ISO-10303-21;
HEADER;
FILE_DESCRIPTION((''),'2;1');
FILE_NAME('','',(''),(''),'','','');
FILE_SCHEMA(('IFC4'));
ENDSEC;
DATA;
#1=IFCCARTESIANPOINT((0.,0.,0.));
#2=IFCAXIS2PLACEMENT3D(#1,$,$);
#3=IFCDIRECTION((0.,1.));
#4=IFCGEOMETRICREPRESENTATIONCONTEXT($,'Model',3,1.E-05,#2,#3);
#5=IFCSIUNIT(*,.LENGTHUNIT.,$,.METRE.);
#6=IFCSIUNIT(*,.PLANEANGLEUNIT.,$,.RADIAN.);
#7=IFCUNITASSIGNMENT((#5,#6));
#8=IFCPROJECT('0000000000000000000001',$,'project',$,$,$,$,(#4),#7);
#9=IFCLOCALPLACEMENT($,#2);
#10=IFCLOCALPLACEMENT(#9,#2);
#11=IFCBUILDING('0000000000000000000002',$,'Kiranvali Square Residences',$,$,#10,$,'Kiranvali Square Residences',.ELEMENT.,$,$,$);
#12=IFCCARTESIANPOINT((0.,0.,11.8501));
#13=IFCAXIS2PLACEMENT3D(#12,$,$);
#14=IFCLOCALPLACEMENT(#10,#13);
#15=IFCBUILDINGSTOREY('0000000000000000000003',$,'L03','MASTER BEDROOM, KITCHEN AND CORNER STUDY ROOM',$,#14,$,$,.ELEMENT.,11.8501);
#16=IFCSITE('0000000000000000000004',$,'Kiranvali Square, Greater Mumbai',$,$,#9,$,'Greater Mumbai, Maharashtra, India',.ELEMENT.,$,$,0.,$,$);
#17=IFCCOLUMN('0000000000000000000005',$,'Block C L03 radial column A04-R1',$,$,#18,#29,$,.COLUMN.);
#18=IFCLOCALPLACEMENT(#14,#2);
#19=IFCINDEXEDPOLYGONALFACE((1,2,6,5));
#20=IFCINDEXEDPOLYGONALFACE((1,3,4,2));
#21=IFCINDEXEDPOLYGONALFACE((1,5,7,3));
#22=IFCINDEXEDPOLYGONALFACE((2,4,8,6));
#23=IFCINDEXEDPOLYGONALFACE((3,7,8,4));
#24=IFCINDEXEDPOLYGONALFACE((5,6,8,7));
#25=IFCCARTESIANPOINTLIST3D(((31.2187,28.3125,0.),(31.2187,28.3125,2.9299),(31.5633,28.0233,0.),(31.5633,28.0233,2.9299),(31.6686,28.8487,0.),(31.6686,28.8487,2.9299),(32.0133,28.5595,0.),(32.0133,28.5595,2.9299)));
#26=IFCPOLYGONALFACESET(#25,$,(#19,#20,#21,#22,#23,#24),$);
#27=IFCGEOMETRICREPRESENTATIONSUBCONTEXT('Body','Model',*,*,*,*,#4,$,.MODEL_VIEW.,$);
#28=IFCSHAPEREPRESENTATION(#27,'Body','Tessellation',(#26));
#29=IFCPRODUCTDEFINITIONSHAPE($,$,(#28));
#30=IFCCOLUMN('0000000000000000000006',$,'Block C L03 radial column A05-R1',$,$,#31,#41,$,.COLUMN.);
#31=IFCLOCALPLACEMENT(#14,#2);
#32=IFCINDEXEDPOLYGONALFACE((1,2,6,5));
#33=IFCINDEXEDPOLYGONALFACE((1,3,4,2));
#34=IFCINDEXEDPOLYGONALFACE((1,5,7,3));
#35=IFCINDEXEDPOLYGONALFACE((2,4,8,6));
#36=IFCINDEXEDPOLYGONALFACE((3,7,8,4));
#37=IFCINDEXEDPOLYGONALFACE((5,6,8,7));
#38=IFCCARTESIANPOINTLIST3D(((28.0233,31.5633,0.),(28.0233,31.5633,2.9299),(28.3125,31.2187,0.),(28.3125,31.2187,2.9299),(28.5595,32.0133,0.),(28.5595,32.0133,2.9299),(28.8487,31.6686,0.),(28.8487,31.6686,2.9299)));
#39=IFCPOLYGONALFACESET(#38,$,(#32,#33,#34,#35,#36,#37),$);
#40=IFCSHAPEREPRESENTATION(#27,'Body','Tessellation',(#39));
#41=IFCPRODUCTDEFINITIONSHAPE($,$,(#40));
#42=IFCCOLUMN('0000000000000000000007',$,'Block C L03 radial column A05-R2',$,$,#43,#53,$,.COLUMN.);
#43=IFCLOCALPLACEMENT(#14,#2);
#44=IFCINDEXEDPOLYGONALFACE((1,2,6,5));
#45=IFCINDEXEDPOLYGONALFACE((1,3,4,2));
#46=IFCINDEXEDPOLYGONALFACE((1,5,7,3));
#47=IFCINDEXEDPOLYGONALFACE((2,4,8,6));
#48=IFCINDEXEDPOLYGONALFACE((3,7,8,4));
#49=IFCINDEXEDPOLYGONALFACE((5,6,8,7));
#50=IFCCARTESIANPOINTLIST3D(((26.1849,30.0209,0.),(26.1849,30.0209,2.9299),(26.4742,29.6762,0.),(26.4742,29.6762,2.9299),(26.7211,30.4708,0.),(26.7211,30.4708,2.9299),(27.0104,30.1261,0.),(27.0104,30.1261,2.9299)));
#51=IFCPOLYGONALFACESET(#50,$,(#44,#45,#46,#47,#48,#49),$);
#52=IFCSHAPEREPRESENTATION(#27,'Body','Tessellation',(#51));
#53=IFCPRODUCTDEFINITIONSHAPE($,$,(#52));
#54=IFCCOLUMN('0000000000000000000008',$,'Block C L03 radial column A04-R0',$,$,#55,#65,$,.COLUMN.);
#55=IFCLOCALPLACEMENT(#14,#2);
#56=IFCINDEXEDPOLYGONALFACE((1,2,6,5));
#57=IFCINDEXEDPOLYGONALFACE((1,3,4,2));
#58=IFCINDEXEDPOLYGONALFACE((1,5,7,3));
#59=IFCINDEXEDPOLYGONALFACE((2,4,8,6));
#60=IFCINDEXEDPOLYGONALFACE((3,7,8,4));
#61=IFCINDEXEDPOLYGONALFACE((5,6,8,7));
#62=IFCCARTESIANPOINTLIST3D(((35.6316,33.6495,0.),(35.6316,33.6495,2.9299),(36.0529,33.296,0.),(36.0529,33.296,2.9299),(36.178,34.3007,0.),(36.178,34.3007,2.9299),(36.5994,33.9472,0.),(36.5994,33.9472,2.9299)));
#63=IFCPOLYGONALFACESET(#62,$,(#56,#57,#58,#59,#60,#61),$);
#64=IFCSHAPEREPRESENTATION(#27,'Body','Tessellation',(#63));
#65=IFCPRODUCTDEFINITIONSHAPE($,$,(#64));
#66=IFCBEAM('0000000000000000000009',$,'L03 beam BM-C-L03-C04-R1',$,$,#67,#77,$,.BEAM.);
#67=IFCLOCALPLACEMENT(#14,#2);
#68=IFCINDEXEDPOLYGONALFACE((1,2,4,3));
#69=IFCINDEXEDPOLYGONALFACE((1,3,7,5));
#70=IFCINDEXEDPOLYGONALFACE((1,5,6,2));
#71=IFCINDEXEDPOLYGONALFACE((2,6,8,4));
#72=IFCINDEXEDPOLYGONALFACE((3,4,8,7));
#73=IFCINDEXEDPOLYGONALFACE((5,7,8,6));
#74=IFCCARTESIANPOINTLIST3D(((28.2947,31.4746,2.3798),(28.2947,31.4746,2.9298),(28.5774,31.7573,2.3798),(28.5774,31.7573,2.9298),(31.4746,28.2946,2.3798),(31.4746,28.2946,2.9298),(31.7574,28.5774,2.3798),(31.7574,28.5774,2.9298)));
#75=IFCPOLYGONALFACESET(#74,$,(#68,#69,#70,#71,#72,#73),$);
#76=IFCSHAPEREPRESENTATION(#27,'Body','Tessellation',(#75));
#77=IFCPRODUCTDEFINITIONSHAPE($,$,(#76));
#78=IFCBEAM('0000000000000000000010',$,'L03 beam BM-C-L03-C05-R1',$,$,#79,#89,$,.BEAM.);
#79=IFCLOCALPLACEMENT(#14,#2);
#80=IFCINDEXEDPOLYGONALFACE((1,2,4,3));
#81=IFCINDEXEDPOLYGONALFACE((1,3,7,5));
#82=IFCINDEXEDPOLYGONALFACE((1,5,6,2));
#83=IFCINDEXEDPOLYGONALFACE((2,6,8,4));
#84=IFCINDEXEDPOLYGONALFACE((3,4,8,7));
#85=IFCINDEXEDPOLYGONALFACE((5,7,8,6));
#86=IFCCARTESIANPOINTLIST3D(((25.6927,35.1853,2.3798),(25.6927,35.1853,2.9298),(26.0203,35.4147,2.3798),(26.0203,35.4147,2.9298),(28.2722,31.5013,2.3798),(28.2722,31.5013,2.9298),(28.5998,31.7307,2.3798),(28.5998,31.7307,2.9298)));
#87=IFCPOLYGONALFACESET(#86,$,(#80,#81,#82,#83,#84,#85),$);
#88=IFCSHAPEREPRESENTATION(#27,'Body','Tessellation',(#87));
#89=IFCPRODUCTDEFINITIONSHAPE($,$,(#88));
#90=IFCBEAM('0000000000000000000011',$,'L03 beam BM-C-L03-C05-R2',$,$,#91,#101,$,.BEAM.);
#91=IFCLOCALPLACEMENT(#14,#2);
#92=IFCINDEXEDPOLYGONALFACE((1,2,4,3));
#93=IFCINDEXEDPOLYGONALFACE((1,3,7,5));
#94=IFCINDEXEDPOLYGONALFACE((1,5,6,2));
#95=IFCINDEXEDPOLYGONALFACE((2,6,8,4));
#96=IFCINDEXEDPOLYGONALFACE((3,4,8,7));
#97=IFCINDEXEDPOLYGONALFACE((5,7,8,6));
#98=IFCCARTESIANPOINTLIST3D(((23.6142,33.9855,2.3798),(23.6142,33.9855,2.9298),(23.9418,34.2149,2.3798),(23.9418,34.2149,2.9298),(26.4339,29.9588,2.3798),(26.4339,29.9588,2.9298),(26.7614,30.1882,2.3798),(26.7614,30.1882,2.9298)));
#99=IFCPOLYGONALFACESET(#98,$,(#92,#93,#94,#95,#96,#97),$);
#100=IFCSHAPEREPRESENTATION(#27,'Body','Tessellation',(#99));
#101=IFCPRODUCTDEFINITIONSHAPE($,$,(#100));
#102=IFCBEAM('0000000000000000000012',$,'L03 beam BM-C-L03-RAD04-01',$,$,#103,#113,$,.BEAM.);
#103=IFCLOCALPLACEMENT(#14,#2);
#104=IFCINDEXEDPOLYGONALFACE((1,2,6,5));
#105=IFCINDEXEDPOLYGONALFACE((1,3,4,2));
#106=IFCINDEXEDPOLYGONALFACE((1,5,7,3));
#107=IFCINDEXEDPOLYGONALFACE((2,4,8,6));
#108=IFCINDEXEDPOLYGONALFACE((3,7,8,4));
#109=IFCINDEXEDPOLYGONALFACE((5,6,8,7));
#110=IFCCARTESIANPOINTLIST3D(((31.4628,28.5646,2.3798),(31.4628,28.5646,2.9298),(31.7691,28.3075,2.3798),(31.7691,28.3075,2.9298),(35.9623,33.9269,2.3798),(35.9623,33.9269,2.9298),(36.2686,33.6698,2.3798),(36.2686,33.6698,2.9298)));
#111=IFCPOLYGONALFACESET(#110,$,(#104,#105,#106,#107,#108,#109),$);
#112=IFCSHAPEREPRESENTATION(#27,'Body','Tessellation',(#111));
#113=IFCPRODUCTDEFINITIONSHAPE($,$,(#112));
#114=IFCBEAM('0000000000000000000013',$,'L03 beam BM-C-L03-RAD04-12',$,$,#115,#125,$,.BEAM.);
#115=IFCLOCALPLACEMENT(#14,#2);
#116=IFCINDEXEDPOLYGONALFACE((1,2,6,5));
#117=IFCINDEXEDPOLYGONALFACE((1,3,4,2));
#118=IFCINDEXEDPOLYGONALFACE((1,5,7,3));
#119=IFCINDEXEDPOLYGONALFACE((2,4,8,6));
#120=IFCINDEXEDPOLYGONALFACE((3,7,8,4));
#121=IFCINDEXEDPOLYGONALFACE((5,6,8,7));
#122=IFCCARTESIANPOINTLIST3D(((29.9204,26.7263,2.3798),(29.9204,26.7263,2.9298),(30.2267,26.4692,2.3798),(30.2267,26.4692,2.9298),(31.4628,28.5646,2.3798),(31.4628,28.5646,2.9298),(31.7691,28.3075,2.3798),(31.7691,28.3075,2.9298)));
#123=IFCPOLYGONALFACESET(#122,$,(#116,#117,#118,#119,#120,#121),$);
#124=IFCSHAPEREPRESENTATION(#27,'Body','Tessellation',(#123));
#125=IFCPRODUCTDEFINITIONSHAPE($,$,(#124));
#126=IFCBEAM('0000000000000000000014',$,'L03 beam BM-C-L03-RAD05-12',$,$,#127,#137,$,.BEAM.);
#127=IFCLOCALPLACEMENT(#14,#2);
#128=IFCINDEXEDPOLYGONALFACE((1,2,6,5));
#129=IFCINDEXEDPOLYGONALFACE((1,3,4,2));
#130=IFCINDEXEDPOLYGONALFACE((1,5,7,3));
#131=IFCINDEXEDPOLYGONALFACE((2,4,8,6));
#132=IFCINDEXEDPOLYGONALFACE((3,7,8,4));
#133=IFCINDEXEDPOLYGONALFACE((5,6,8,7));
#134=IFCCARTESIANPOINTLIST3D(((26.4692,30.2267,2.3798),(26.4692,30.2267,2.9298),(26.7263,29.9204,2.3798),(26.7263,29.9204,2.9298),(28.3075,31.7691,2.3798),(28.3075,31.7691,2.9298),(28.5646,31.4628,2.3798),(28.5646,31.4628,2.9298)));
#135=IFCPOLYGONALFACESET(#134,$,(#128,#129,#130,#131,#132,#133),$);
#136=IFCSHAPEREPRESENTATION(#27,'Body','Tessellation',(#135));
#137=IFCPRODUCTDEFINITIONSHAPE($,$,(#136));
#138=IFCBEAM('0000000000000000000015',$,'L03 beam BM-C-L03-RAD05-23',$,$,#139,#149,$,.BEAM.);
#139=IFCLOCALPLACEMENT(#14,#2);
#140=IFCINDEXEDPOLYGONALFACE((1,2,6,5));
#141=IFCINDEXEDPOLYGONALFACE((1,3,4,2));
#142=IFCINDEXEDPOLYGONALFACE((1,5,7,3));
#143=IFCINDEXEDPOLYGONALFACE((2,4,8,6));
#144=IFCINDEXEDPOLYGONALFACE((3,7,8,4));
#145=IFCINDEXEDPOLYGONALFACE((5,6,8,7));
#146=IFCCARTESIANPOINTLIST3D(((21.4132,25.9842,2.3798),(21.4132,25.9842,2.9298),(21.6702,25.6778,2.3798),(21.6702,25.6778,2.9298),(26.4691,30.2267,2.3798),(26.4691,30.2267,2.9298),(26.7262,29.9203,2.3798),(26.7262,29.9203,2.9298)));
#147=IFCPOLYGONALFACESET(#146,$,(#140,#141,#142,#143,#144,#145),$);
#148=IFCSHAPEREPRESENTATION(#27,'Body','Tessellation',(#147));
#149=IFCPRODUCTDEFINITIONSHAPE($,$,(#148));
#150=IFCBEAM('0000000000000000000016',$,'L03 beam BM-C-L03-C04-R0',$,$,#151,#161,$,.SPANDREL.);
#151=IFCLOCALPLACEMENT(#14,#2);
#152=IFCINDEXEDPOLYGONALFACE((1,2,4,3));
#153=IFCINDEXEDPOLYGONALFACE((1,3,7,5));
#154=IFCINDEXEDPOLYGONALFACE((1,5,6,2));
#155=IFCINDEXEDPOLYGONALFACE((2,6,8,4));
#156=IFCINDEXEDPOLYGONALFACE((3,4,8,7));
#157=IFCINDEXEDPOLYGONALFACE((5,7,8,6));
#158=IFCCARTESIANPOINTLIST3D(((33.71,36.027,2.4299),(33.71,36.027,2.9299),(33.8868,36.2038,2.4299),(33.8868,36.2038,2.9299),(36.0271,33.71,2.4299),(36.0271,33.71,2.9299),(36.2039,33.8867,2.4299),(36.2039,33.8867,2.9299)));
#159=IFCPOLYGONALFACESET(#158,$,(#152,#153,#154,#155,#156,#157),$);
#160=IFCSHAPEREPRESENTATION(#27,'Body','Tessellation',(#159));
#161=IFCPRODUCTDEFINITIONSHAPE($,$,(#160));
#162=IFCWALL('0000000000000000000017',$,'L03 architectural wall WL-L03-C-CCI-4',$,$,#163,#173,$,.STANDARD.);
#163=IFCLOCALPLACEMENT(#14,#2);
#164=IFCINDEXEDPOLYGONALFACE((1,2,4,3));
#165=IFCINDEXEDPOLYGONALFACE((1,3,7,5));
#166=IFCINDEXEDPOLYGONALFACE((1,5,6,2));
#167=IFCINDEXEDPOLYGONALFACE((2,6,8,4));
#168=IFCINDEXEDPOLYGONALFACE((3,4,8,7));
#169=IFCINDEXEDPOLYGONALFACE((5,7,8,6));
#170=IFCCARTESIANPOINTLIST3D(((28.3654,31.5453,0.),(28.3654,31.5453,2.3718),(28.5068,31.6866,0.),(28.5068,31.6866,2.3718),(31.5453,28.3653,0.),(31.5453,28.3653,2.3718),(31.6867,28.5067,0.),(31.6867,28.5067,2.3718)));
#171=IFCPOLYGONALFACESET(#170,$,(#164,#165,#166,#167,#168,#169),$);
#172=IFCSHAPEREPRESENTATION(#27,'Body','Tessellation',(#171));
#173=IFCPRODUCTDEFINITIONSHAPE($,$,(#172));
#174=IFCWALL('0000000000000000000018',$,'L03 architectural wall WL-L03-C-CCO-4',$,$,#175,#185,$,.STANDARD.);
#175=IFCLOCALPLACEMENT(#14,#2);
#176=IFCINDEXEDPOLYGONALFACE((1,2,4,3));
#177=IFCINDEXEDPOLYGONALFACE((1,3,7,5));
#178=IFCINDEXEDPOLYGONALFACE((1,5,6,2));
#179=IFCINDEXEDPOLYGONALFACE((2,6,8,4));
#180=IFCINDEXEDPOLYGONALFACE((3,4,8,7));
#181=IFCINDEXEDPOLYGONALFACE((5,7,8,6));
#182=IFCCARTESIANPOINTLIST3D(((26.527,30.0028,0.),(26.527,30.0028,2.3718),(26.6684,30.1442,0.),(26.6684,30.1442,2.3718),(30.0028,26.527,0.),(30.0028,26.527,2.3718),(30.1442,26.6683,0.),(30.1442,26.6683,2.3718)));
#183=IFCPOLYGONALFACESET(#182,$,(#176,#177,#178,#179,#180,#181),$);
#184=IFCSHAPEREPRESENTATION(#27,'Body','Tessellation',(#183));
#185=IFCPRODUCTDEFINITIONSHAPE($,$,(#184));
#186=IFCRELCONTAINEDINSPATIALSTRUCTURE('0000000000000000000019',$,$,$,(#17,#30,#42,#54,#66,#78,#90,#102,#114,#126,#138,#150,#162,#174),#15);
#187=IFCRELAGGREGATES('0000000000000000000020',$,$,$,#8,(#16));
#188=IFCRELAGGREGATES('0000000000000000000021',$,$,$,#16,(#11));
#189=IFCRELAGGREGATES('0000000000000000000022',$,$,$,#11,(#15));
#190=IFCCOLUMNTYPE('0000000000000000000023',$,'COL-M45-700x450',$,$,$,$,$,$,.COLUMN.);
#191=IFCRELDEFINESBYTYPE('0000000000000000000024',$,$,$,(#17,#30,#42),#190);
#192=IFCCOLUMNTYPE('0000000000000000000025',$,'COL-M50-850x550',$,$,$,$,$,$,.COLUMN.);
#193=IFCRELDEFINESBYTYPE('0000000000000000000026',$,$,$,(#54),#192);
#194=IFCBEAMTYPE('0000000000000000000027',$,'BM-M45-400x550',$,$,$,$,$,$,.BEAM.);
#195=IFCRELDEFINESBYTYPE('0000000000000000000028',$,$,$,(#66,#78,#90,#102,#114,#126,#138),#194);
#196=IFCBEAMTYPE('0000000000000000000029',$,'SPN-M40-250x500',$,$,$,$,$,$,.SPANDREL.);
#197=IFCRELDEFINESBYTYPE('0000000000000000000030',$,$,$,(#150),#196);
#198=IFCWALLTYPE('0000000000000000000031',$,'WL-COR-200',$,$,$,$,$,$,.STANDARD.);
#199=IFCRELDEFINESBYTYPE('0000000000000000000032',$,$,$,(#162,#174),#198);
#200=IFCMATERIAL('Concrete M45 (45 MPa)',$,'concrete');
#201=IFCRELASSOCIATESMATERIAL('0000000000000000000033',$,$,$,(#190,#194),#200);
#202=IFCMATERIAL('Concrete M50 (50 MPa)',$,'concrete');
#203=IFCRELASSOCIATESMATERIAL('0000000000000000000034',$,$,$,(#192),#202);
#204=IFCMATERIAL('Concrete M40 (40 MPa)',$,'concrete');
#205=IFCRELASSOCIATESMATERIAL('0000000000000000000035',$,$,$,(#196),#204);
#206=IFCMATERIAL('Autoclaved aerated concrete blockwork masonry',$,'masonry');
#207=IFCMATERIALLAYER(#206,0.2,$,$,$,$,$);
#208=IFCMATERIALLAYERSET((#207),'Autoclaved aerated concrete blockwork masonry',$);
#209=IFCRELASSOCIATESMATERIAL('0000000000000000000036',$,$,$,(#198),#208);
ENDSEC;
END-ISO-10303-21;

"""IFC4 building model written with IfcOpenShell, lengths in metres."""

from ifc_helpers import new_model, si_unit, direction, frame, frame_2d, origin, origin_2d, place, context, subcontext, project, spatial, rectangle, extrude, material, layer, layer_set, material_profile, profile_set, type_object, element, save


model = new_model("IFC4")

# Units and contexts
model_context = context("Model", 3, precision=1e-05, world=origin(), true_north=direction((0.0, 1.0)))
body_context = subcontext(model_context, "Body", "Model", "MODEL_VIEW")
ifc_project = project(units=[si_unit("LENGTHUNIT", "METRE"), si_unit("PLANEANGLEUNIT", "RADIAN")], contexts=[model_context])

# Site, building, storey
site_placement = place(None, origin())
site = spatial("IfcSite", under=ifc_project, at=site_placement, Name="Kiranvali Square, Greater Mumbai", LongName="Greater Mumbai, Maharashtra, India", CompositionType="ELEMENT", RefElevation=0.0)
building_placement = place(site_placement, origin())
building = spatial("IfcBuilding", under=site, at=building_placement, Name="Kiranvali Square Residences", LongName="Kiranvali Square Residences", CompositionType="ELEMENT")
storey_placement = place(building_placement, frame((0.0, 0.0, 11.8501)))
storey = spatial("IfcBuildingStorey", under=building, at=storey_placement, Name="L03", Description="MASTER BEDROOM, KITCHEN AND CORNER STUDY ROOM", CompositionType="ELEMENT", Elevation=11.8501)

# Columns
ifc_material_1 = material(Name="Concrete M45 (45 MPa)", Category="concrete")
ifc_material_profile_1 = material_profile(ifc_material_1, rectangle(XDim=0.45, YDim=0.7, at=origin_2d()), Name="RC 700x450")
ifc_profile_set_1 = profile_set([ifc_material_profile_1], Name="Concrete M45 (45 MPa)")
column_type_1 = type_object("IfcColumnType", Name="COL-M45-700x450", PredefinedType="COLUMN", material=ifc_profile_set_1)
for number, where, z_axis, x_axis, name in (
    (1, (31.616, 28.436, 0.0), (0.0, 0.0, 1.0), (-0.766044, 0.642788, 0.0), "Block C L03 radial column A04-R1"),
    (2, (28.436, 31.616, 0.0), (0.0, 0.0, 1.0), (-0.642788, 0.766044, 0.0), "Block C L03 radial column A05-R1"),
    (3, (26.5977, 30.0735, 0.0), (0.0, 0.0, 1.0), (-0.642788, 0.766044, 0.0), "Block C L03 radial column A05-R2"),
):
    element("IfcColumn", number, at=place(storey_placement, frame(where, z_axis=z_axis, x_axis=x_axis)), inside=storey, type_object=column_type_1, Name=name, PredefinedType="COLUMN", context=body_context, shape_type="SweptSolid", body=[
        extrude(rectangle(XDim=0.45, YDim=0.7, at=origin_2d()), origin(), (0.0, 0.0, 1.0), 2.9299),
    ])
ifc_material_2 = material(Name="Concrete M50 (50 MPa)", Category="concrete")
ifc_material_profile_2 = material_profile(ifc_material_2, rectangle(XDim=0.55, YDim=0.8501, at=origin_2d()), Name="RC 850x550")
ifc_profile_set_2 = profile_set([ifc_material_profile_2], Name="Concrete M50 (50 MPa)")
column_type_2 = type_object("IfcColumnType", Name="COL-M50-850x550", PredefinedType="COLUMN", material=ifc_profile_set_2)
column_placement = place(storey_placement, frame((36.1155, 33.7983, 0.0), z_axis=(0.0, 0.0, 1.0), x_axis=(-0.766044, 0.642788, 0.0)))
element("IfcColumn", 4, at=column_placement, inside=storey, type_object=column_type_2, Name="Block C L03 radial column A04-R0", PredefinedType="COLUMN", context=body_context, shape_type="SweptSolid", body=[
    extrude(rectangle(XDim=0.55, YDim=0.8501, at=origin_2d()), origin(), (0.0, 0.0, 1.0), 2.9299),
])

# Beams
ifc_material_profile_3 = material_profile(ifc_material_1, rectangle(XDim=0.3999, YDim=0.55, at=origin_2d()), Name="RC 400x550")
ifc_profile_set_3 = profile_set([ifc_material_profile_3], Name="Concrete M45 (45 MPa)")
beam_type_1 = type_object("IfcBeamType", Name="BM-M45-400x550", PredefinedType="BEAM", material=ifc_profile_set_3)
beam_1_placement = place(storey_placement, frame((31.616, 28.436, 2.6548), z_axis=(-0.707107, 0.707107, 0.0), x_axis=(-0.707107, -0.707107, 0.0)))
element("IfcBeam", 5, at=beam_1_placement, inside=storey, type_object=beam_type_1, Name="L03 beam BM-C-L03-C04-R1", PredefinedType="BEAM", context=body_context, shape_type="SweptSolid", body=[
    extrude(rectangle(XDim=0.3999, YDim=0.55, at=origin_2d()), origin(), (0.0, 0.0, 1.0), 4.4971),
])
beam_2_placement = place(storey_placement, frame((28.436, 31.616, 2.6548), z_axis=(-0.573572, 0.819155, 0.0), x_axis=(-0.819155, -0.573572, 0.0)))
element("IfcBeam", 6, at=beam_2_placement, inside=storey, type_object=beam_type_1, Name="L03 beam BM-C-L03-C05-R1", PredefinedType="BEAM", context=body_context, shape_type="SweptSolid", body=[
    extrude(rectangle(XDim=0.3999, YDim=0.55, at=origin_2d()), origin(), (0.0, 0.0, 1.0), 4.4973),
])
beam_3_placement = place(storey_placement, frame((26.5977, 30.0735, 2.6548), z_axis=(-0.573592, 0.819141, 0.0), x_axis=(-0.819141, -0.573592, 0.0)))
element("IfcBeam", 7, at=beam_3_placement, inside=storey, type_object=beam_type_1, Name="L03 beam BM-C-L03-C05-R2", PredefinedType="BEAM", context=body_context, shape_type="SweptSolid", body=[
    extrude(rectangle(XDim=0.3999, YDim=0.55, at=origin_2d()), origin(), (0.0, 0.0, 1.0), 4.9158),
])
beam_4_placement = place(storey_placement, frame((36.1155, 33.7983, 2.6548), z_axis=(-0.642788, -0.766044, 0.0), x_axis=(0.766044, -0.642788, 0.0)))
element("IfcBeam", 8, at=beam_4_placement, inside=storey, type_object=beam_type_1, Name="L03 beam BM-C-L03-RAD04-01", PredefinedType="BEAM", context=body_context, shape_type="SweptSolid", body=[
    extrude(rectangle(XDim=0.3999, YDim=0.55, at=origin_2d()), origin(), (0.0, 0.0, 1.0), 7.0),
])
for number, where, z_axis, x_axis, name in (
    (9, (31.616, 28.436, 2.6548), (-0.642763, -0.766065, 0.0), (0.766065, -0.642763, 0.0), "L03 beam BM-C-L03-RAD04-12"),
    (10, (28.436, 31.616, 2.6548), (-0.766065, -0.642763, 0.0), (0.642763, -0.766065, 0.0), "L03 beam BM-C-L03-RAD05-12"),
):
    element("IfcBeam", number, at=place(storey_placement, frame(where, z_axis=z_axis, x_axis=x_axis)), inside=storey, type_object=beam_type_1, Name=name, PredefinedType="BEAM", context=body_context, shape_type="SweptSolid", body=[
        extrude(rectangle(XDim=0.3999, YDim=0.55, at=origin_2d()), origin(), (0.0, 0.0, 1.0), 2.3997),
    ])
beam_5_placement = place(storey_placement, frame((26.5977, 30.0735, 2.6548), z_axis=(-0.766043, -0.642789, 0.0), x_axis=(0.642789, -0.766043, 0.0)))
element("IfcBeam", 11, at=beam_5_placement, inside=storey, type_object=beam_type_1, Name="L03 beam BM-C-L03-RAD05-23", PredefinedType="BEAM", context=body_context, shape_type="SweptSolid", body=[
    extrude(rectangle(XDim=0.3999, YDim=0.55, at=origin_2d()), origin(), (0.0, 0.0, 1.0), 6.6001),
])
ifc_material_3 = material(Name="Concrete M40 (40 MPa)", Category="concrete")
ifc_material_profile_4 = material_profile(ifc_material_3, rectangle(XDim=0.25, YDim=0.5, at=origin_2d()), Name="RC 250x500")
ifc_profile_set_4 = profile_set([ifc_material_profile_4], Name="Concrete M40 (40 MPa)")
beam_type_2 = type_object("IfcBeamType", Name="SPN-M40-250x500", PredefinedType="SPANDREL", material=ifc_profile_set_4)
beam_6_placement = place(storey_placement, frame((36.1155, 33.7983, 2.6799), z_axis=(-0.707107, 0.707107, 0.0), x_axis=(-0.707107, -0.707107, 0.0)))
element("IfcBeam", 12, at=beam_6_placement, inside=storey, type_object=beam_type_2, Name="L03 beam BM-C-L03-C04-R0", PredefinedType="SPANDREL", context=body_context, shape_type="SweptSolid", body=[
    extrude(rectangle(XDim=0.25, YDim=0.5, at=origin_2d()), origin(), (0.0, 0.0, 1.0), 3.2769),
])

# Walls
ifc_material_4 = material(Name="Autoclaved aerated concrete blockwork masonry", Category="masonry")
ifc_layer_1 = layer(ifc_material_4, 0.2)
ifc_layer_set_1 = layer_set([ifc_layer_1], Name="Autoclaved aerated concrete blockwork masonry")
wall_type_1 = type_object("IfcWallType", Name="WL-COR-200", PredefinedType="STANDARD", material=ifc_layer_set_1)
wall_1_placement = place(storey_placement, frame((31.616, 28.436, 0.0), z_axis=(0.0, 0.0, 1.0), x_axis=(-0.707107, 0.707107, 0.0)))
element("IfcWall", 13, at=wall_1_placement, inside=storey, type_object=wall_type_1, Name="L03 architectural wall WL-L03-C-CCI-4", PredefinedType="STANDARD", context=body_context, shape_type="SweptSolid", body=[
    extrude(rectangle(XDim=4.4971, YDim=0.2, at=frame_2d((2.2485, 0.0))), origin(), (0.0, 0.0, 1.0), 2.3718),
])
wall_2_placement = place(storey_placement, frame((30.0735, 26.5977, 0.0), z_axis=(0.0, 0.0, 1.0), x_axis=(-0.707107, 0.707107, 0.0)))
element("IfcWall", 14, at=wall_2_placement, inside=storey, type_object=wall_type_1, Name="L03 architectural wall WL-L03-C-CCO-4", PredefinedType="STANDARD", context=body_context, shape_type="SweptSolid", body=[
    extrude(rectangle(XDim=4.9155, YDim=0.2, at=frame_2d((2.4578, 0.0))), origin(), (0.0, 0.0, 1.0), 2.3718),
])

save(model, "model.ifc")
